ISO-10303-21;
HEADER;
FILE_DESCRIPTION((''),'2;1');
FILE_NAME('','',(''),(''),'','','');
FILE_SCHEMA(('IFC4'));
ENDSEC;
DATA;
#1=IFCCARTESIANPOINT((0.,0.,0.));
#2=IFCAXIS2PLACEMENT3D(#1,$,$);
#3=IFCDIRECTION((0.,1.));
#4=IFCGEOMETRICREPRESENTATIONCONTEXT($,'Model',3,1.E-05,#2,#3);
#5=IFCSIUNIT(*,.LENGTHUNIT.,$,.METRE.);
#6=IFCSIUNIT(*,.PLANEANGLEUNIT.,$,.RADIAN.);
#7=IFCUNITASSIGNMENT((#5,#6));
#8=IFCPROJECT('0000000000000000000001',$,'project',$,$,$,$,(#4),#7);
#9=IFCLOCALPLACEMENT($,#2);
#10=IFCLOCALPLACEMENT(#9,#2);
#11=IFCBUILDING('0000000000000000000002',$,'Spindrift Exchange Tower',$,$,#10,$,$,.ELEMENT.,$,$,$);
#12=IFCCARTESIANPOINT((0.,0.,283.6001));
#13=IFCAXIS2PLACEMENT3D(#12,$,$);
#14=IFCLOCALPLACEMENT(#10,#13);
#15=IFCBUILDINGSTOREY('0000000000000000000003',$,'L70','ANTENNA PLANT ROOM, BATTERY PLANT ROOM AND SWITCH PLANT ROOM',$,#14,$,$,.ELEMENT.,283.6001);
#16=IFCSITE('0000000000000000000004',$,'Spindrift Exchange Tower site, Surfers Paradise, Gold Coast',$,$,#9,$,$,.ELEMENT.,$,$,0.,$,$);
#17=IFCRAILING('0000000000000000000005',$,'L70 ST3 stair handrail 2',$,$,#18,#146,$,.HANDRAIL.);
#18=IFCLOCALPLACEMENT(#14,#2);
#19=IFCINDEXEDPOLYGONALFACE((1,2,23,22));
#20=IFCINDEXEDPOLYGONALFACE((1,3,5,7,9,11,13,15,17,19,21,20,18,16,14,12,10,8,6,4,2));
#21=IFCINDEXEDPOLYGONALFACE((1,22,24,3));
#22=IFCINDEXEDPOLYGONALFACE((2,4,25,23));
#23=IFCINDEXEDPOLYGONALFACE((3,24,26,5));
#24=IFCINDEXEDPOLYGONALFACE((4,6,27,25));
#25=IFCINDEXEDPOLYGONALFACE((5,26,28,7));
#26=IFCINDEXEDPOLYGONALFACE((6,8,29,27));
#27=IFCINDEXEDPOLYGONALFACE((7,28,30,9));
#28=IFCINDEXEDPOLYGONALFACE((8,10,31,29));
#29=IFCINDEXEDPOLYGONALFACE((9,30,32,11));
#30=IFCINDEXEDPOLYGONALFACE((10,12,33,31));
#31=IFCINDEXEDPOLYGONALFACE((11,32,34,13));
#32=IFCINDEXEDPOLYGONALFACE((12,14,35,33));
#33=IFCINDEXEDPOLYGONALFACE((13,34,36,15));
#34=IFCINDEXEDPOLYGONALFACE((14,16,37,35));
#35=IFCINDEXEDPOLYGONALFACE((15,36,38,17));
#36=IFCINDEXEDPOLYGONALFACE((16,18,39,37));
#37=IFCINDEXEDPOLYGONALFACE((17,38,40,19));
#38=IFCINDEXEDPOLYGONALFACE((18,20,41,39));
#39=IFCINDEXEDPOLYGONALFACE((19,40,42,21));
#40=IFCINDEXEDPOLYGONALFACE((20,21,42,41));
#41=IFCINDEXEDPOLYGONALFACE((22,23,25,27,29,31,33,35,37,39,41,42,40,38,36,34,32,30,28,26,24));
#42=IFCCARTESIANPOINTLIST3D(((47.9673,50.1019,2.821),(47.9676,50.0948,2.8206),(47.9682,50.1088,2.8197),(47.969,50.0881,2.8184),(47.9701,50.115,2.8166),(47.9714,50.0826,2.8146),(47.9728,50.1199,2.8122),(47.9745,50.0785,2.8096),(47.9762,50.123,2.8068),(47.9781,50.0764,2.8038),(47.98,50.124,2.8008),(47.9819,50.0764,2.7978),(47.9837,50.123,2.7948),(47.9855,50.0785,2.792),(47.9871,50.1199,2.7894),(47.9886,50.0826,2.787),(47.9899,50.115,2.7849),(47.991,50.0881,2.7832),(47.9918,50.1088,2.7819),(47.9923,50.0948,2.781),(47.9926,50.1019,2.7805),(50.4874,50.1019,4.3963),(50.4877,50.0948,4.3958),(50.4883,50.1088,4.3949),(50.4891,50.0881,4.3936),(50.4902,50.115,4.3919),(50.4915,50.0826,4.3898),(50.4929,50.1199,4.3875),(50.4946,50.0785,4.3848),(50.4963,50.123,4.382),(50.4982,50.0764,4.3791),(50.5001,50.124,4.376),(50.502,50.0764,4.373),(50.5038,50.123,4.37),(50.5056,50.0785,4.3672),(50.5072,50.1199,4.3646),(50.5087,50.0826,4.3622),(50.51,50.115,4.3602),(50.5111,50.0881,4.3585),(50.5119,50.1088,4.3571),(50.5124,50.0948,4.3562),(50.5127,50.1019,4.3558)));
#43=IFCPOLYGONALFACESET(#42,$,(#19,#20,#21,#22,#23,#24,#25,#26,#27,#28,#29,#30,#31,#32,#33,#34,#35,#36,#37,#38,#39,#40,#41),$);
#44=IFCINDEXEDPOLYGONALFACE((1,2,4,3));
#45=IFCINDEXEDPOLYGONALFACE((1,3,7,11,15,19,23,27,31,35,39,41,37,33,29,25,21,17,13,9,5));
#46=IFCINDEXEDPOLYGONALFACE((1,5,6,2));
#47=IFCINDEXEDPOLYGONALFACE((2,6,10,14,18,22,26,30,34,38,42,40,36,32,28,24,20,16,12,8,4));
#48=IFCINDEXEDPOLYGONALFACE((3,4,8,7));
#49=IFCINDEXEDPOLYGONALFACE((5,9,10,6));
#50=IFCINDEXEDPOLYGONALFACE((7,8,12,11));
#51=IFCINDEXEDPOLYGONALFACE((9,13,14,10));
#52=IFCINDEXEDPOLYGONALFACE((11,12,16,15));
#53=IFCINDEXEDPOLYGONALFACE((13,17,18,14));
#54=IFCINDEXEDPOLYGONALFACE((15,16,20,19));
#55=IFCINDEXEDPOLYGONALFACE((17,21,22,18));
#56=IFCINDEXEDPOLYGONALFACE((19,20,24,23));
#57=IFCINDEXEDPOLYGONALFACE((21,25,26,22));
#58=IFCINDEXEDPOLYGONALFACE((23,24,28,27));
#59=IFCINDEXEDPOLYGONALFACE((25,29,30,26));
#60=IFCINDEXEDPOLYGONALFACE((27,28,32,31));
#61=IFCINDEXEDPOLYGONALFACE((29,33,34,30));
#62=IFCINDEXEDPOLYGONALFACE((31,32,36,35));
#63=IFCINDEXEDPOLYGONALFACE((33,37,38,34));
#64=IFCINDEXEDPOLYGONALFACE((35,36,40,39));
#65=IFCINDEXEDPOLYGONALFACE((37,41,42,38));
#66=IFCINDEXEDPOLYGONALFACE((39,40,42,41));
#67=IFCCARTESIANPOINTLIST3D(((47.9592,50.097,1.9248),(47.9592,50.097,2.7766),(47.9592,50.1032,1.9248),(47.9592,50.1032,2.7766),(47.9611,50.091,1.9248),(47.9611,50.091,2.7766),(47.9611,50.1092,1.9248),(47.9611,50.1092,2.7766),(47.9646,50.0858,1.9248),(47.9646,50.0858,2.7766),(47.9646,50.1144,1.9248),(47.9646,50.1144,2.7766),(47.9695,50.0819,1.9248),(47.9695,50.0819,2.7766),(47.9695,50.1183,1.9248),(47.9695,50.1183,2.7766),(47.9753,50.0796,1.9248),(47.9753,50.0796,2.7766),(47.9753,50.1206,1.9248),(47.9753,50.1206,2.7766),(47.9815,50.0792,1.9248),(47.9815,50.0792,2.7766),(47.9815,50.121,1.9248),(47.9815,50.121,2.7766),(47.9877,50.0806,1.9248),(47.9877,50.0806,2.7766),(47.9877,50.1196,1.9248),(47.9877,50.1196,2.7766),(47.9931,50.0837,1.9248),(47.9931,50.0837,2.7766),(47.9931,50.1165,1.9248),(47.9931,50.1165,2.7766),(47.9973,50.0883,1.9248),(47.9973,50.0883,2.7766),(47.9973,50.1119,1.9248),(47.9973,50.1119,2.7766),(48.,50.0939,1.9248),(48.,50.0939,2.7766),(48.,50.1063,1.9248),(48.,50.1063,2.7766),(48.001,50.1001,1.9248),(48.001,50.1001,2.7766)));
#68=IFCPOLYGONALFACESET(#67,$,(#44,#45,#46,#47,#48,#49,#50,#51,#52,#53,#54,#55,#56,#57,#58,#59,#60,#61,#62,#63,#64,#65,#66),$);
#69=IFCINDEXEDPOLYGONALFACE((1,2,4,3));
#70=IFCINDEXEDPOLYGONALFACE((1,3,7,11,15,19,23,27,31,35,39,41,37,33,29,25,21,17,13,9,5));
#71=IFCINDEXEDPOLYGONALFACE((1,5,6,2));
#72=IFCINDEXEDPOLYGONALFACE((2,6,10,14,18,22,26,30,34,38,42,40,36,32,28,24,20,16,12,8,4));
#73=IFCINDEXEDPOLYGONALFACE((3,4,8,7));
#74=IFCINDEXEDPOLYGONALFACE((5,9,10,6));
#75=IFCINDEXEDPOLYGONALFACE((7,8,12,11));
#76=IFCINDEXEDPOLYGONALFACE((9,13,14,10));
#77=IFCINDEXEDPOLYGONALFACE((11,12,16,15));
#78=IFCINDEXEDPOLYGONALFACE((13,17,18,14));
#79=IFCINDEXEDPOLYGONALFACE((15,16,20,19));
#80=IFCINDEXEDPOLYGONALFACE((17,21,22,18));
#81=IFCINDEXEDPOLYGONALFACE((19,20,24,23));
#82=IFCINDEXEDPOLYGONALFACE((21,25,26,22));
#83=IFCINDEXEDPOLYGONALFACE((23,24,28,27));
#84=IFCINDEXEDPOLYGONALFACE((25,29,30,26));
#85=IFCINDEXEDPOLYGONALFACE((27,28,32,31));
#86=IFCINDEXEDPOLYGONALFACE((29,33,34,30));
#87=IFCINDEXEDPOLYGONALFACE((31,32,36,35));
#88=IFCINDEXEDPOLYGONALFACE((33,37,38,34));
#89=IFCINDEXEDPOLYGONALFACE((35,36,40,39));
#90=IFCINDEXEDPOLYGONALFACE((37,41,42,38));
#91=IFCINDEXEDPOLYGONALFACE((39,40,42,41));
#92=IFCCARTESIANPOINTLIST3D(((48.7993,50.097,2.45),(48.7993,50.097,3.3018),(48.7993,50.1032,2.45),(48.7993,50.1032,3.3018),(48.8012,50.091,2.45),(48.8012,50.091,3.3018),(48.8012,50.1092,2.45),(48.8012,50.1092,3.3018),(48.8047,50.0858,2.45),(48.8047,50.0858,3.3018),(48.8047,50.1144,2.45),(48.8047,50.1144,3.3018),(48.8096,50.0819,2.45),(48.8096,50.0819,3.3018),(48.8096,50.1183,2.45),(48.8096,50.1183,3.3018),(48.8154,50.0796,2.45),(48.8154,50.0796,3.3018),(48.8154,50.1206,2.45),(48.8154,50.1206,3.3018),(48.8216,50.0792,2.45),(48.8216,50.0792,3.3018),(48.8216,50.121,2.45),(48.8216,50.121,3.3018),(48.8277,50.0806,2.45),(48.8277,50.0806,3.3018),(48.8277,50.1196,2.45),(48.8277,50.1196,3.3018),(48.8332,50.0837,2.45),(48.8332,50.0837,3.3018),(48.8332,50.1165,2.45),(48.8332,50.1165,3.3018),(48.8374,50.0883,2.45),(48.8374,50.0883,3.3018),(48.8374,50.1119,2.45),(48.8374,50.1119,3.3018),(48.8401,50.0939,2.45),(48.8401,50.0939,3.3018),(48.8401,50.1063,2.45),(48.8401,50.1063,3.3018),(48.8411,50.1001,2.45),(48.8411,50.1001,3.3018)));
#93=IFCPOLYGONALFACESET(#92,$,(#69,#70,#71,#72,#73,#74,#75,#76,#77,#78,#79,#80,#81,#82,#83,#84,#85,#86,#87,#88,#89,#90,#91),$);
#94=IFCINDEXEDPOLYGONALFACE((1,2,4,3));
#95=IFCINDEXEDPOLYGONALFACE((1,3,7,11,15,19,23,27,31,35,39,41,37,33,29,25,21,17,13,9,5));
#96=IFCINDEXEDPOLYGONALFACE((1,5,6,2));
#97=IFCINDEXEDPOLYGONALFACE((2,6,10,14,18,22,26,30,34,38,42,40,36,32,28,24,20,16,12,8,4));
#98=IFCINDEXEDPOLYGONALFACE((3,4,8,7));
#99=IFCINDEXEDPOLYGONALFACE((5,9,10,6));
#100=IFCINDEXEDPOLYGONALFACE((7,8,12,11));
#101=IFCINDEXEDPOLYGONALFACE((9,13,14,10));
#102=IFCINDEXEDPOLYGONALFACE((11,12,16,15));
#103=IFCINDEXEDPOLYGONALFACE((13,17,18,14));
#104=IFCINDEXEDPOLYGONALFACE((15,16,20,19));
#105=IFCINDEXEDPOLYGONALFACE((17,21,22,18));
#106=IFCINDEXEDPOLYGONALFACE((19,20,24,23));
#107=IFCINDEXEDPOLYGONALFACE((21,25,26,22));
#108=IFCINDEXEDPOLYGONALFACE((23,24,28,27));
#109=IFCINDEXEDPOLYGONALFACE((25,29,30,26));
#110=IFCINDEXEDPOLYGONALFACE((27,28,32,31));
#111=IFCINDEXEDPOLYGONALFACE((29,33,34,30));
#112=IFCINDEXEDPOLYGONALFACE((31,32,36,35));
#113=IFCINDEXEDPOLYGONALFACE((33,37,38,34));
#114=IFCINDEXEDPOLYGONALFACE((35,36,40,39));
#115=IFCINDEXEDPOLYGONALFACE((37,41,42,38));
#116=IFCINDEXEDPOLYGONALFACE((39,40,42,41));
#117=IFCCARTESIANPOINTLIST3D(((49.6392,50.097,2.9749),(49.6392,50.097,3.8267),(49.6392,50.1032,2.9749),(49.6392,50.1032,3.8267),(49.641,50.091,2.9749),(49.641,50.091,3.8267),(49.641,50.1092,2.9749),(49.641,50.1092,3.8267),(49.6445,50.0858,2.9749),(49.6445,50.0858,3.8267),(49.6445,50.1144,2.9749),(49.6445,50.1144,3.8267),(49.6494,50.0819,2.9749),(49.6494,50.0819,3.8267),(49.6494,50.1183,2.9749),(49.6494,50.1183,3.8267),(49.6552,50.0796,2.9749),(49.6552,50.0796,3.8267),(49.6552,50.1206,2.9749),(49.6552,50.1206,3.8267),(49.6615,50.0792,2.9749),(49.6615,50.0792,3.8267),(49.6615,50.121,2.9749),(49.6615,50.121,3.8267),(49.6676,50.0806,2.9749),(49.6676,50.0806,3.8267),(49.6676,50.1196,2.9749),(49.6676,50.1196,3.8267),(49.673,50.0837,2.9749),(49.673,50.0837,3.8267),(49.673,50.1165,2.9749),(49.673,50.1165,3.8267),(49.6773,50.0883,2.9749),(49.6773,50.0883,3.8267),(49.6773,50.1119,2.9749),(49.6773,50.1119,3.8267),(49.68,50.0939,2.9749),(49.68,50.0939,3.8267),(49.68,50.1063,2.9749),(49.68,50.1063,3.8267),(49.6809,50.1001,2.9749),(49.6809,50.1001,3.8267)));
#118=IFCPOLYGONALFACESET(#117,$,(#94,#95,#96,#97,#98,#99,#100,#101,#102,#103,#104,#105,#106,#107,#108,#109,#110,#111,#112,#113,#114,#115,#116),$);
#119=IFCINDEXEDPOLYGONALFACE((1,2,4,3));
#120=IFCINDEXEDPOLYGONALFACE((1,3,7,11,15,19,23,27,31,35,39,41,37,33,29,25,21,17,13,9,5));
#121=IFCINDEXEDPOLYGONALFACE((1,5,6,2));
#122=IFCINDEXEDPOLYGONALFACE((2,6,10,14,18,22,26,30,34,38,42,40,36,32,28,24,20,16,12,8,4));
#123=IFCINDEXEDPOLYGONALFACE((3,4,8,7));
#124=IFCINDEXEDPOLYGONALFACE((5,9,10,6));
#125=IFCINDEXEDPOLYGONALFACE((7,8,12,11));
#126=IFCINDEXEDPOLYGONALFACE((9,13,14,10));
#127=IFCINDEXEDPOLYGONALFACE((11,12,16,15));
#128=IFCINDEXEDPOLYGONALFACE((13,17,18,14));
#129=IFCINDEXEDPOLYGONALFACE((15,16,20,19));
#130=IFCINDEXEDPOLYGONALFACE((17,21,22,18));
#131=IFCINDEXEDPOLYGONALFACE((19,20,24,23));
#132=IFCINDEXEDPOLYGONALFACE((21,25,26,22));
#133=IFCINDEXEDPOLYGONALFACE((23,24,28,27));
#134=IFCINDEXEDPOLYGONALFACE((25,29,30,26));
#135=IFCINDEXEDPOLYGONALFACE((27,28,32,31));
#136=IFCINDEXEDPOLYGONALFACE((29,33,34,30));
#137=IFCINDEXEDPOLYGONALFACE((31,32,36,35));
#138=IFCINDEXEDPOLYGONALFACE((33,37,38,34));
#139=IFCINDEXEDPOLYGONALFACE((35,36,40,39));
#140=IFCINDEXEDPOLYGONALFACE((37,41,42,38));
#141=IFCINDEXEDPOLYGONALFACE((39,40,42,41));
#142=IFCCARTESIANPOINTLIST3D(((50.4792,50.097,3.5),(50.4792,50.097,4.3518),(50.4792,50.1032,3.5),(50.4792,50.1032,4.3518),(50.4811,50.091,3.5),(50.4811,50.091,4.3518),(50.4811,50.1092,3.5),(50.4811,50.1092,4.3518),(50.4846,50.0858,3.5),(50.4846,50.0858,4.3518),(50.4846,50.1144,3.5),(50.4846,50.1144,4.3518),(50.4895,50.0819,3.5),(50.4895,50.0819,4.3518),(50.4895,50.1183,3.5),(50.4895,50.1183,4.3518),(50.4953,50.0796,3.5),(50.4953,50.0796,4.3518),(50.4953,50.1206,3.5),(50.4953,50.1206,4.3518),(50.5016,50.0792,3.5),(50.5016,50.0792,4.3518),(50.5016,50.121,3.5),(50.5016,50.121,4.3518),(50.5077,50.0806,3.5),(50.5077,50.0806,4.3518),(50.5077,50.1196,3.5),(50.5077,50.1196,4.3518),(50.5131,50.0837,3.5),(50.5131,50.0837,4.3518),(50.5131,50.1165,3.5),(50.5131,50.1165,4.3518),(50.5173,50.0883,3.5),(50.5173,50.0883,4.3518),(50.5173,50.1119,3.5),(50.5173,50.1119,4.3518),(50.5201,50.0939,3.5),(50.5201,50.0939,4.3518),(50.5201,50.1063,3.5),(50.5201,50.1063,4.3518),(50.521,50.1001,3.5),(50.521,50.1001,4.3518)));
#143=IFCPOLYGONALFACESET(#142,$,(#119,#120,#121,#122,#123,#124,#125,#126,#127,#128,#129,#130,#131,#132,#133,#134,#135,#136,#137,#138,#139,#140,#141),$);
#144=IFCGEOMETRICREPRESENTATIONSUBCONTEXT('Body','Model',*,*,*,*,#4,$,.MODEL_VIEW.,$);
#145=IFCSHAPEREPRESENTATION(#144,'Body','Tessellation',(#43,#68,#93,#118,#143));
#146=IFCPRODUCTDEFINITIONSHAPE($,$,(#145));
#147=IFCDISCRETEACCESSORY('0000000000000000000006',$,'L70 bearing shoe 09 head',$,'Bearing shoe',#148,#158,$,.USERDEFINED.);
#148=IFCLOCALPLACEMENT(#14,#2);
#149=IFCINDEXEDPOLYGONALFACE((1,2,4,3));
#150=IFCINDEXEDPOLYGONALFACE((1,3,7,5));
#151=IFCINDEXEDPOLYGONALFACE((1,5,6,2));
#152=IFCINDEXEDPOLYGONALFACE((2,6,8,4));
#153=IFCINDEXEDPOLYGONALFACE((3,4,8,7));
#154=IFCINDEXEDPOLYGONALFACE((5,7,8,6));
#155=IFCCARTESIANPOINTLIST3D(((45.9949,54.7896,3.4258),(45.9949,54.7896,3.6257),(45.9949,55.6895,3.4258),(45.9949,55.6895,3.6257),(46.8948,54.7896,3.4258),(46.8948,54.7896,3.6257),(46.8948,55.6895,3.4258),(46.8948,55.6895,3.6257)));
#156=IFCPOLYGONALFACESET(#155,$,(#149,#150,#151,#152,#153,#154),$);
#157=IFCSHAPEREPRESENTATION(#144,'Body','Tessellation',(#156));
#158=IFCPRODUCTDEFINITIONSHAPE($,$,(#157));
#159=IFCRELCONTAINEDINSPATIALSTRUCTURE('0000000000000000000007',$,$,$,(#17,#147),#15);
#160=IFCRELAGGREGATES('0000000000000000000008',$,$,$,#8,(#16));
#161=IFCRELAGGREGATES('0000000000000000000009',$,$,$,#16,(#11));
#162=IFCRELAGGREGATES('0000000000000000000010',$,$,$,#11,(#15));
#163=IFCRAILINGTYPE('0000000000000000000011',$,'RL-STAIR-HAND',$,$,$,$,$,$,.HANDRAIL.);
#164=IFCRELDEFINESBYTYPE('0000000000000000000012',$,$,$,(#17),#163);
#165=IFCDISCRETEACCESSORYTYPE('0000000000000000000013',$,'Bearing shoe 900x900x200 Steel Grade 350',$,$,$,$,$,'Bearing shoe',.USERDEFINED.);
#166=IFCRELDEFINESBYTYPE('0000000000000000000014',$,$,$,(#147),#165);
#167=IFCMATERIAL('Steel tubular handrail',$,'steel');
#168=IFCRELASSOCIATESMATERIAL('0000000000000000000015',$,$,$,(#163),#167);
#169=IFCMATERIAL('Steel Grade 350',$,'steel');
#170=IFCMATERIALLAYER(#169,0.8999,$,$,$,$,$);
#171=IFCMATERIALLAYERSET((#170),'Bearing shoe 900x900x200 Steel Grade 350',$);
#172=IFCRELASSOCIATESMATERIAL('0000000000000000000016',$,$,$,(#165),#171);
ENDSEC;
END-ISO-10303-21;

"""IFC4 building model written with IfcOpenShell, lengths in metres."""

from ifc_helpers import new_model, si_unit, direction, frame, origin, origin_2d, place, context, subcontext, project, spatial, rectangle, circle, extrude, source, transform, mapped, material, layer, layer_set, type_object, element, save


model = new_model("IFC4")

# Units and contexts
model_context = context("Model", 3, precision=1e-05, world=origin(), true_north=direction((0.0, 1.0)))
body_context = subcontext(model_context, "Body", "Model", "MODEL_VIEW")
ifc_project = project(units=[si_unit("LENGTHUNIT", "METRE"), si_unit("PLANEANGLEUNIT", "RADIAN")], contexts=[model_context])

# Site, building, storey
site_placement = place(None, origin())
site = spatial("IfcSite", under=ifc_project, at=site_placement, Name="Spindrift Exchange Tower site, Surfers Paradise, Gold Coast", CompositionType="ELEMENT", RefElevation=0.0)
building_placement = place(site_placement, origin())
building = spatial("IfcBuilding", under=site, at=building_placement, Name="Spindrift Exchange Tower", CompositionType="ELEMENT")
storey_placement = place(building_placement, frame((0.0, 0.0, 283.6001)))
storey = spatial("IfcBuildingStorey", under=building, at=storey_placement, Name="L70", Description="ANTENNA PLANT ROOM, BATTERY PLANT ROOM AND SWITCH PLANT ROOM", CompositionType="ELEMENT", Elevation=283.6001)

# Railing
ifc_material_1 = material(Name="Steel tubular handrail", Category="steel")
railing_type_1 = type_object("IfcRailingType", Name="RL-STAIR-HAND", PredefinedType="HANDRAIL", material=ifc_material_1)
railing_1_placement = place(storey_placement, frame((47.98, 50.1001, 1.9248)))
element("IfcRailing", 1, at=railing_1_placement, inside=storey, type_object=railing_type_1, Name="L70 ST3 stair handrail 2", PredefinedType="HANDRAIL", context=body_context, shape_type="SweptSolid", body=[
    extrude(circle(Radius=0.0239, at=origin_2d()), frame((0.0, 0.0, 0.876), z_axis=(0.847971, 0.0, 0.530043), x_axis=(0.0, 1.0, 0.0)), (0.0, 0.0, 1.0), 2.9719),
    extrude(circle(Radius=0.021, at=origin_2d()), origin(), (0.0, 0.0, 1.0), 0.8518),
    extrude(circle(Radius=0.021, at=origin_2d()), frame((0.8401, 0.0, 0.5251)), (0.0, 0.0, 1.0), 0.8518),
    extrude(circle(Radius=0.021, at=origin_2d()), frame((1.6799, 0.0, 1.05)), (0.0, 0.0, 1.0), 0.8518),
    extrude(circle(Radius=0.021, at=origin_2d()), frame((2.52, 0.0, 1.5752)), (0.0, 0.0, 1.0), 0.8518),
])

# Discrete accessory
ifc_material_2 = material(Name="Steel Grade 350", Category="steel")
ifc_layer_1 = layer(ifc_material_2, 0.8999)
ifc_layer_set_1 = layer_set([ifc_layer_1], Name="Bearing shoe 900x900x200 Steel Grade 350")
discrete_accessory_type = type_object("IfcDiscreteAccessoryType", Name="Bearing shoe 900x900x200 Steel Grade 350", ElementType="Bearing shoe", PredefinedType="USERDEFINED", material=ifc_layer_set_1)
shared_shape_1 = source(origin(), body_context, "Body", "SweptSolid", [
    extrude(rectangle(XDim=0.8999, YDim=0.8999, at=origin_2d()), origin(), (0.0, 0.0, 1.0), 0.2),
])
discrete_accessory_placement = place(storey_placement, frame((46.4448, 55.2395, 3.4258), z_axis=(0.0, 0.0, 1.0), x_axis=(1.0, 0.0, 0.0)))
element("IfcDiscreteAccessory", 2, at=discrete_accessory_placement, inside=storey, type_object=discrete_accessory_type, Name="L70 bearing shoe 09 head", ObjectType="Bearing shoe", PredefinedType="USERDEFINED", context=body_context, shape_type="MappedRepresentation", body=[
    mapped(shared_shape_1, transform((0.0, 0.0, 0.0), scale=1.0)),
])

save(model, "model.ifc")
